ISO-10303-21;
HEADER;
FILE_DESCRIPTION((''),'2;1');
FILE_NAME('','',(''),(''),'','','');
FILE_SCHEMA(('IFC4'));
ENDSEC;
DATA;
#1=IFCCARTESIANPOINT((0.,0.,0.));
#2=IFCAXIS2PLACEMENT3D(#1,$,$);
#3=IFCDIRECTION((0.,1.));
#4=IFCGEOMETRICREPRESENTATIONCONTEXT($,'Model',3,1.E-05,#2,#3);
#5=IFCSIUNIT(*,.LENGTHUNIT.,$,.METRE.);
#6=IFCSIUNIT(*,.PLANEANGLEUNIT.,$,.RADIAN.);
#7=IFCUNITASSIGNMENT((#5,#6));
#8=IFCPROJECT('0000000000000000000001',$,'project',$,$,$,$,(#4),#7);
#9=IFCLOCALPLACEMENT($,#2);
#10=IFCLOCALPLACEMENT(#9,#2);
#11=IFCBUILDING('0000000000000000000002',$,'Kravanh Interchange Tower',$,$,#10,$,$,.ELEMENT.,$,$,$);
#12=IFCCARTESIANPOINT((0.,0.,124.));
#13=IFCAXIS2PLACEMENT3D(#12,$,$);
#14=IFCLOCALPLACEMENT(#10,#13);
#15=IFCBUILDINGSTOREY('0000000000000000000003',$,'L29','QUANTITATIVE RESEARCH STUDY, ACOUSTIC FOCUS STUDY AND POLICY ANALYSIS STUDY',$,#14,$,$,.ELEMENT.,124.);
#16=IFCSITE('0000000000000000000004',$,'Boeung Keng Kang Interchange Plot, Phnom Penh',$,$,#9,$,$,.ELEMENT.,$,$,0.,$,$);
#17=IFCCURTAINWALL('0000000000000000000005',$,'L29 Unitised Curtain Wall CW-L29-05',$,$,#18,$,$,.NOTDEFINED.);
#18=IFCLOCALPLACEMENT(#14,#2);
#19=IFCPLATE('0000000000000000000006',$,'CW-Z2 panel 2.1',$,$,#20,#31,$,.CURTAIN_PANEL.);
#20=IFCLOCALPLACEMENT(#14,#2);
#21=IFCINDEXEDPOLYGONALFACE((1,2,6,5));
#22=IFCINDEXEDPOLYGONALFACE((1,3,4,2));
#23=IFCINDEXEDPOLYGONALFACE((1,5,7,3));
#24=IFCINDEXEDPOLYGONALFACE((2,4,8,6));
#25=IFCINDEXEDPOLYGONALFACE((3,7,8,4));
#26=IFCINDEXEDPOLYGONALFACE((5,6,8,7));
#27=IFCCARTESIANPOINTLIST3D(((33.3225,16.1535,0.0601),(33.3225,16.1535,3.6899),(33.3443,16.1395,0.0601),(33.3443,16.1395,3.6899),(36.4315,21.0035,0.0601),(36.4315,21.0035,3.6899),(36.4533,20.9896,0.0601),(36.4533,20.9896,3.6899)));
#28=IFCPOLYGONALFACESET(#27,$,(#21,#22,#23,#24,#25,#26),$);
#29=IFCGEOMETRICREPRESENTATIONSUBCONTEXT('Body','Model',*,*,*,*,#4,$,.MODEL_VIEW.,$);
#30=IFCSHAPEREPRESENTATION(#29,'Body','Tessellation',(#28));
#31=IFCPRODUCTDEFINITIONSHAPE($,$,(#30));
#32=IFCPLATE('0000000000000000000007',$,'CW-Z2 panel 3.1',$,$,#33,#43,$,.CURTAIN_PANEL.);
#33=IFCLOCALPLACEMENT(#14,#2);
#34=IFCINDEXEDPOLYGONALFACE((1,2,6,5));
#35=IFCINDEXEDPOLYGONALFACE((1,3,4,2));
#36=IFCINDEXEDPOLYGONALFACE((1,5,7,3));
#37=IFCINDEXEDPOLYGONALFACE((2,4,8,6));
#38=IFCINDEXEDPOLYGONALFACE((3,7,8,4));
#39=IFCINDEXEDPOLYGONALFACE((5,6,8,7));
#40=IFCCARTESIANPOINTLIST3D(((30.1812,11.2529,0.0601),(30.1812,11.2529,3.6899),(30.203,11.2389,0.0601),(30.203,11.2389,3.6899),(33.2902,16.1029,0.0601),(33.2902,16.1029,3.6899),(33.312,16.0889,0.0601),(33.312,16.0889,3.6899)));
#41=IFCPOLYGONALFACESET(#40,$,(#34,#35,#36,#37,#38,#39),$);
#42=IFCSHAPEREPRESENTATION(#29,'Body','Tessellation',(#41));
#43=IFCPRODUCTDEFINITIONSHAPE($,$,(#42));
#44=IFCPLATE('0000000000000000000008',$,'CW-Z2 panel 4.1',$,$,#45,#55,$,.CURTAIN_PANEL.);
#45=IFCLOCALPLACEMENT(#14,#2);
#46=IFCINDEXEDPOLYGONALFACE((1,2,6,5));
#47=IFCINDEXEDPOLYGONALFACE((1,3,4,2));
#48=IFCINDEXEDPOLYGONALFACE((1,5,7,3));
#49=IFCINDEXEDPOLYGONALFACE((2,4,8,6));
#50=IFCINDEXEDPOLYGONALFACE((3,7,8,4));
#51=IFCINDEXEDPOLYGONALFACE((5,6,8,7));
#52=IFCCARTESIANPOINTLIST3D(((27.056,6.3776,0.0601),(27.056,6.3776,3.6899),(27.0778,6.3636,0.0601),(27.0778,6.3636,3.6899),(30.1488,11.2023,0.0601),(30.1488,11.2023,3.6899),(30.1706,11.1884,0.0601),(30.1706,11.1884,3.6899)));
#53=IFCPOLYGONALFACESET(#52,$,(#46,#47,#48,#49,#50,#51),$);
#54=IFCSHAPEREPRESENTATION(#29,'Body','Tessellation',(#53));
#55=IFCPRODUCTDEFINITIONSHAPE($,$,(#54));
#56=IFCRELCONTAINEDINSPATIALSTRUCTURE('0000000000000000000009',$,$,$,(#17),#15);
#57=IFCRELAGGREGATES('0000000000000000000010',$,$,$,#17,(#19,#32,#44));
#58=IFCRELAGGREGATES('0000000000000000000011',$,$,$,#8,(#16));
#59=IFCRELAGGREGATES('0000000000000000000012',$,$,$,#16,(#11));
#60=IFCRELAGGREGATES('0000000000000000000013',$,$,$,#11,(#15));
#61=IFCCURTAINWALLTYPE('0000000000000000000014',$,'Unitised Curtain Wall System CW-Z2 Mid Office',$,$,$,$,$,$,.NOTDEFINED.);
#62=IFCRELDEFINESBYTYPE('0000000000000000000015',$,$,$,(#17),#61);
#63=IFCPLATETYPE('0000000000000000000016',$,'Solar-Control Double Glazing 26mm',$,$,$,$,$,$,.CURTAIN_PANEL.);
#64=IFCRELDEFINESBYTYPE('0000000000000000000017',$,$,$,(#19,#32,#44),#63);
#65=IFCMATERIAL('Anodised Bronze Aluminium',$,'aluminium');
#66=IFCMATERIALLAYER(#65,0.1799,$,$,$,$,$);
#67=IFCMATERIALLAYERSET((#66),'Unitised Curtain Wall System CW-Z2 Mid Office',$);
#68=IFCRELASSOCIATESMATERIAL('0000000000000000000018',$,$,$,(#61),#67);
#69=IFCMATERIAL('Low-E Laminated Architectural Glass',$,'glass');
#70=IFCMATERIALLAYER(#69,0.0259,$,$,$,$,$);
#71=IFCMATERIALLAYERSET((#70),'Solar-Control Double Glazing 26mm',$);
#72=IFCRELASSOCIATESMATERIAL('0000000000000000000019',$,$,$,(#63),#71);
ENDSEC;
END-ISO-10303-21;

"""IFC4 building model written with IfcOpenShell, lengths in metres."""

from ifc_helpers import new_model, si_unit, direction, frame, origin, origin_2d, place, context, subcontext, project, spatial, rectangle, extrude, material, layer, layer_set, type_object, element, aggregate, save


model = new_model("IFC4")

# Units and contexts
model_context = context("Model", 3, precision=1e-05, world=origin(), true_north=direction((0.0, 1.0)))
body_context = subcontext(model_context, "Body", "Model", "MODEL_VIEW")
ifc_project = project(units=[si_unit("LENGTHUNIT", "METRE"), si_unit("PLANEANGLEUNIT", "RADIAN")], contexts=[model_context])

# Site, building, storey
site_placement = place(None, origin())
site = spatial("IfcSite", under=ifc_project, at=site_placement, Name="Boeung Keng Kang Interchange Plot, Phnom Penh", CompositionType="ELEMENT", RefElevation=0.0)
building_placement = place(site_placement, origin())
building = spatial("IfcBuilding", under=site, at=building_placement, Name="Kravanh Interchange Tower", CompositionType="ELEMENT")
storey_placement = place(building_placement, frame((0.0, 0.0, 124.0)))
storey = spatial("IfcBuildingStorey", under=building, at=storey_placement, Name="L29", Description="QUANTITATIVE RESEARCH STUDY, ACOUSTIC FOCUS STUDY AND POLICY ANALYSIS STUDY", CompositionType="ELEMENT", Elevation=124.0)

# Curtain wall
ifc_material_1 = material(Name="Anodised Bronze Aluminium", Category="aluminium")
ifc_layer_1 = layer(ifc_material_1, 0.1799)
ifc_layer_set_1 = layer_set([ifc_layer_1], Name="Unitised Curtain Wall System CW-Z2 Mid Office")
curtain_wall_type = type_object("IfcCurtainWallType", Name="Unitised Curtain Wall System CW-Z2 Mid Office", PredefinedType="NOTDEFINED", material=ifc_layer_set_1)
curtain_wall_placement = place(storey_placement, origin())
curtain_wall = element("IfcCurtainWall", 1, at=curtain_wall_placement, inside=storey, type_object=curtain_wall_type, Name="L29 Unitised Curtain Wall CW-L29-05", PredefinedType="NOTDEFINED")

# Plates
ifc_material_2 = material(Name="Low-E Laminated Architectural Glass", Category="glass")
ifc_layer_2 = layer(ifc_material_2, 0.0259)
ifc_layer_set_2 = layer_set([ifc_layer_2], Name="Solar-Control Double Glazing 26mm")
plate_type = type_object("IfcPlateType", Name="Solar-Control Double Glazing 26mm", PredefinedType="CURTAIN_PANEL", material=ifc_layer_set_2)
plate_1_placement = place(storey_placement, frame((34.8879, 18.5715, 0.0601), z_axis=(0.0, 0.0, 1.0), x_axis=(-0.539665, -0.84188, 0.0)))
plate_1 = element("IfcPlate", 2, at=plate_1_placement, type_object=plate_type, Name="CW-Z2 panel 2.1", PredefinedType="CURTAIN_PANEL", context=body_context, shape_type="SweptSolid", body=[
    extrude(rectangle(XDim=5.761, YDim=0.0259, at=origin_2d()), origin(), (0.0, 0.0, 1.0), 3.6299),
])
plate_2_placement = place(storey_placement, frame((31.7466, 13.6709, 0.0601), z_axis=(0.0, 0.0, 1.0), x_axis=(-0.539665, -0.84188, 0.0)))
plate_2 = element("IfcPlate", 3, at=plate_2_placement, type_object=plate_type, Name="CW-Z2 panel 3.1", PredefinedType="CURTAIN_PANEL", context=body_context, shape_type="SweptSolid", body=[
    extrude(rectangle(XDim=5.761, YDim=0.0259, at=origin_2d()), origin(), (0.0, 0.0, 1.0), 3.6299),
])
plate_3_placement = place(storey_placement, frame((28.6133, 8.783, 0.0601), z_axis=(0.0, 0.0, 1.0), x_axis=(-0.539665, -0.84188, 0.0)))
plate_3 = element("IfcPlate", 4, at=plate_3_placement, type_object=plate_type, Name="CW-Z2 panel 4.1", PredefinedType="CURTAIN_PANEL", context=body_context, shape_type="SweptSolid", body=[
    extrude(rectangle(XDim=5.731, YDim=0.0259, at=origin_2d()), origin(), (0.0, 0.0, 1.0), 3.6299),
])
aggregate(curtain_wall, [plate_1, plate_2, plate_3])

save(model, "model.ifc")
